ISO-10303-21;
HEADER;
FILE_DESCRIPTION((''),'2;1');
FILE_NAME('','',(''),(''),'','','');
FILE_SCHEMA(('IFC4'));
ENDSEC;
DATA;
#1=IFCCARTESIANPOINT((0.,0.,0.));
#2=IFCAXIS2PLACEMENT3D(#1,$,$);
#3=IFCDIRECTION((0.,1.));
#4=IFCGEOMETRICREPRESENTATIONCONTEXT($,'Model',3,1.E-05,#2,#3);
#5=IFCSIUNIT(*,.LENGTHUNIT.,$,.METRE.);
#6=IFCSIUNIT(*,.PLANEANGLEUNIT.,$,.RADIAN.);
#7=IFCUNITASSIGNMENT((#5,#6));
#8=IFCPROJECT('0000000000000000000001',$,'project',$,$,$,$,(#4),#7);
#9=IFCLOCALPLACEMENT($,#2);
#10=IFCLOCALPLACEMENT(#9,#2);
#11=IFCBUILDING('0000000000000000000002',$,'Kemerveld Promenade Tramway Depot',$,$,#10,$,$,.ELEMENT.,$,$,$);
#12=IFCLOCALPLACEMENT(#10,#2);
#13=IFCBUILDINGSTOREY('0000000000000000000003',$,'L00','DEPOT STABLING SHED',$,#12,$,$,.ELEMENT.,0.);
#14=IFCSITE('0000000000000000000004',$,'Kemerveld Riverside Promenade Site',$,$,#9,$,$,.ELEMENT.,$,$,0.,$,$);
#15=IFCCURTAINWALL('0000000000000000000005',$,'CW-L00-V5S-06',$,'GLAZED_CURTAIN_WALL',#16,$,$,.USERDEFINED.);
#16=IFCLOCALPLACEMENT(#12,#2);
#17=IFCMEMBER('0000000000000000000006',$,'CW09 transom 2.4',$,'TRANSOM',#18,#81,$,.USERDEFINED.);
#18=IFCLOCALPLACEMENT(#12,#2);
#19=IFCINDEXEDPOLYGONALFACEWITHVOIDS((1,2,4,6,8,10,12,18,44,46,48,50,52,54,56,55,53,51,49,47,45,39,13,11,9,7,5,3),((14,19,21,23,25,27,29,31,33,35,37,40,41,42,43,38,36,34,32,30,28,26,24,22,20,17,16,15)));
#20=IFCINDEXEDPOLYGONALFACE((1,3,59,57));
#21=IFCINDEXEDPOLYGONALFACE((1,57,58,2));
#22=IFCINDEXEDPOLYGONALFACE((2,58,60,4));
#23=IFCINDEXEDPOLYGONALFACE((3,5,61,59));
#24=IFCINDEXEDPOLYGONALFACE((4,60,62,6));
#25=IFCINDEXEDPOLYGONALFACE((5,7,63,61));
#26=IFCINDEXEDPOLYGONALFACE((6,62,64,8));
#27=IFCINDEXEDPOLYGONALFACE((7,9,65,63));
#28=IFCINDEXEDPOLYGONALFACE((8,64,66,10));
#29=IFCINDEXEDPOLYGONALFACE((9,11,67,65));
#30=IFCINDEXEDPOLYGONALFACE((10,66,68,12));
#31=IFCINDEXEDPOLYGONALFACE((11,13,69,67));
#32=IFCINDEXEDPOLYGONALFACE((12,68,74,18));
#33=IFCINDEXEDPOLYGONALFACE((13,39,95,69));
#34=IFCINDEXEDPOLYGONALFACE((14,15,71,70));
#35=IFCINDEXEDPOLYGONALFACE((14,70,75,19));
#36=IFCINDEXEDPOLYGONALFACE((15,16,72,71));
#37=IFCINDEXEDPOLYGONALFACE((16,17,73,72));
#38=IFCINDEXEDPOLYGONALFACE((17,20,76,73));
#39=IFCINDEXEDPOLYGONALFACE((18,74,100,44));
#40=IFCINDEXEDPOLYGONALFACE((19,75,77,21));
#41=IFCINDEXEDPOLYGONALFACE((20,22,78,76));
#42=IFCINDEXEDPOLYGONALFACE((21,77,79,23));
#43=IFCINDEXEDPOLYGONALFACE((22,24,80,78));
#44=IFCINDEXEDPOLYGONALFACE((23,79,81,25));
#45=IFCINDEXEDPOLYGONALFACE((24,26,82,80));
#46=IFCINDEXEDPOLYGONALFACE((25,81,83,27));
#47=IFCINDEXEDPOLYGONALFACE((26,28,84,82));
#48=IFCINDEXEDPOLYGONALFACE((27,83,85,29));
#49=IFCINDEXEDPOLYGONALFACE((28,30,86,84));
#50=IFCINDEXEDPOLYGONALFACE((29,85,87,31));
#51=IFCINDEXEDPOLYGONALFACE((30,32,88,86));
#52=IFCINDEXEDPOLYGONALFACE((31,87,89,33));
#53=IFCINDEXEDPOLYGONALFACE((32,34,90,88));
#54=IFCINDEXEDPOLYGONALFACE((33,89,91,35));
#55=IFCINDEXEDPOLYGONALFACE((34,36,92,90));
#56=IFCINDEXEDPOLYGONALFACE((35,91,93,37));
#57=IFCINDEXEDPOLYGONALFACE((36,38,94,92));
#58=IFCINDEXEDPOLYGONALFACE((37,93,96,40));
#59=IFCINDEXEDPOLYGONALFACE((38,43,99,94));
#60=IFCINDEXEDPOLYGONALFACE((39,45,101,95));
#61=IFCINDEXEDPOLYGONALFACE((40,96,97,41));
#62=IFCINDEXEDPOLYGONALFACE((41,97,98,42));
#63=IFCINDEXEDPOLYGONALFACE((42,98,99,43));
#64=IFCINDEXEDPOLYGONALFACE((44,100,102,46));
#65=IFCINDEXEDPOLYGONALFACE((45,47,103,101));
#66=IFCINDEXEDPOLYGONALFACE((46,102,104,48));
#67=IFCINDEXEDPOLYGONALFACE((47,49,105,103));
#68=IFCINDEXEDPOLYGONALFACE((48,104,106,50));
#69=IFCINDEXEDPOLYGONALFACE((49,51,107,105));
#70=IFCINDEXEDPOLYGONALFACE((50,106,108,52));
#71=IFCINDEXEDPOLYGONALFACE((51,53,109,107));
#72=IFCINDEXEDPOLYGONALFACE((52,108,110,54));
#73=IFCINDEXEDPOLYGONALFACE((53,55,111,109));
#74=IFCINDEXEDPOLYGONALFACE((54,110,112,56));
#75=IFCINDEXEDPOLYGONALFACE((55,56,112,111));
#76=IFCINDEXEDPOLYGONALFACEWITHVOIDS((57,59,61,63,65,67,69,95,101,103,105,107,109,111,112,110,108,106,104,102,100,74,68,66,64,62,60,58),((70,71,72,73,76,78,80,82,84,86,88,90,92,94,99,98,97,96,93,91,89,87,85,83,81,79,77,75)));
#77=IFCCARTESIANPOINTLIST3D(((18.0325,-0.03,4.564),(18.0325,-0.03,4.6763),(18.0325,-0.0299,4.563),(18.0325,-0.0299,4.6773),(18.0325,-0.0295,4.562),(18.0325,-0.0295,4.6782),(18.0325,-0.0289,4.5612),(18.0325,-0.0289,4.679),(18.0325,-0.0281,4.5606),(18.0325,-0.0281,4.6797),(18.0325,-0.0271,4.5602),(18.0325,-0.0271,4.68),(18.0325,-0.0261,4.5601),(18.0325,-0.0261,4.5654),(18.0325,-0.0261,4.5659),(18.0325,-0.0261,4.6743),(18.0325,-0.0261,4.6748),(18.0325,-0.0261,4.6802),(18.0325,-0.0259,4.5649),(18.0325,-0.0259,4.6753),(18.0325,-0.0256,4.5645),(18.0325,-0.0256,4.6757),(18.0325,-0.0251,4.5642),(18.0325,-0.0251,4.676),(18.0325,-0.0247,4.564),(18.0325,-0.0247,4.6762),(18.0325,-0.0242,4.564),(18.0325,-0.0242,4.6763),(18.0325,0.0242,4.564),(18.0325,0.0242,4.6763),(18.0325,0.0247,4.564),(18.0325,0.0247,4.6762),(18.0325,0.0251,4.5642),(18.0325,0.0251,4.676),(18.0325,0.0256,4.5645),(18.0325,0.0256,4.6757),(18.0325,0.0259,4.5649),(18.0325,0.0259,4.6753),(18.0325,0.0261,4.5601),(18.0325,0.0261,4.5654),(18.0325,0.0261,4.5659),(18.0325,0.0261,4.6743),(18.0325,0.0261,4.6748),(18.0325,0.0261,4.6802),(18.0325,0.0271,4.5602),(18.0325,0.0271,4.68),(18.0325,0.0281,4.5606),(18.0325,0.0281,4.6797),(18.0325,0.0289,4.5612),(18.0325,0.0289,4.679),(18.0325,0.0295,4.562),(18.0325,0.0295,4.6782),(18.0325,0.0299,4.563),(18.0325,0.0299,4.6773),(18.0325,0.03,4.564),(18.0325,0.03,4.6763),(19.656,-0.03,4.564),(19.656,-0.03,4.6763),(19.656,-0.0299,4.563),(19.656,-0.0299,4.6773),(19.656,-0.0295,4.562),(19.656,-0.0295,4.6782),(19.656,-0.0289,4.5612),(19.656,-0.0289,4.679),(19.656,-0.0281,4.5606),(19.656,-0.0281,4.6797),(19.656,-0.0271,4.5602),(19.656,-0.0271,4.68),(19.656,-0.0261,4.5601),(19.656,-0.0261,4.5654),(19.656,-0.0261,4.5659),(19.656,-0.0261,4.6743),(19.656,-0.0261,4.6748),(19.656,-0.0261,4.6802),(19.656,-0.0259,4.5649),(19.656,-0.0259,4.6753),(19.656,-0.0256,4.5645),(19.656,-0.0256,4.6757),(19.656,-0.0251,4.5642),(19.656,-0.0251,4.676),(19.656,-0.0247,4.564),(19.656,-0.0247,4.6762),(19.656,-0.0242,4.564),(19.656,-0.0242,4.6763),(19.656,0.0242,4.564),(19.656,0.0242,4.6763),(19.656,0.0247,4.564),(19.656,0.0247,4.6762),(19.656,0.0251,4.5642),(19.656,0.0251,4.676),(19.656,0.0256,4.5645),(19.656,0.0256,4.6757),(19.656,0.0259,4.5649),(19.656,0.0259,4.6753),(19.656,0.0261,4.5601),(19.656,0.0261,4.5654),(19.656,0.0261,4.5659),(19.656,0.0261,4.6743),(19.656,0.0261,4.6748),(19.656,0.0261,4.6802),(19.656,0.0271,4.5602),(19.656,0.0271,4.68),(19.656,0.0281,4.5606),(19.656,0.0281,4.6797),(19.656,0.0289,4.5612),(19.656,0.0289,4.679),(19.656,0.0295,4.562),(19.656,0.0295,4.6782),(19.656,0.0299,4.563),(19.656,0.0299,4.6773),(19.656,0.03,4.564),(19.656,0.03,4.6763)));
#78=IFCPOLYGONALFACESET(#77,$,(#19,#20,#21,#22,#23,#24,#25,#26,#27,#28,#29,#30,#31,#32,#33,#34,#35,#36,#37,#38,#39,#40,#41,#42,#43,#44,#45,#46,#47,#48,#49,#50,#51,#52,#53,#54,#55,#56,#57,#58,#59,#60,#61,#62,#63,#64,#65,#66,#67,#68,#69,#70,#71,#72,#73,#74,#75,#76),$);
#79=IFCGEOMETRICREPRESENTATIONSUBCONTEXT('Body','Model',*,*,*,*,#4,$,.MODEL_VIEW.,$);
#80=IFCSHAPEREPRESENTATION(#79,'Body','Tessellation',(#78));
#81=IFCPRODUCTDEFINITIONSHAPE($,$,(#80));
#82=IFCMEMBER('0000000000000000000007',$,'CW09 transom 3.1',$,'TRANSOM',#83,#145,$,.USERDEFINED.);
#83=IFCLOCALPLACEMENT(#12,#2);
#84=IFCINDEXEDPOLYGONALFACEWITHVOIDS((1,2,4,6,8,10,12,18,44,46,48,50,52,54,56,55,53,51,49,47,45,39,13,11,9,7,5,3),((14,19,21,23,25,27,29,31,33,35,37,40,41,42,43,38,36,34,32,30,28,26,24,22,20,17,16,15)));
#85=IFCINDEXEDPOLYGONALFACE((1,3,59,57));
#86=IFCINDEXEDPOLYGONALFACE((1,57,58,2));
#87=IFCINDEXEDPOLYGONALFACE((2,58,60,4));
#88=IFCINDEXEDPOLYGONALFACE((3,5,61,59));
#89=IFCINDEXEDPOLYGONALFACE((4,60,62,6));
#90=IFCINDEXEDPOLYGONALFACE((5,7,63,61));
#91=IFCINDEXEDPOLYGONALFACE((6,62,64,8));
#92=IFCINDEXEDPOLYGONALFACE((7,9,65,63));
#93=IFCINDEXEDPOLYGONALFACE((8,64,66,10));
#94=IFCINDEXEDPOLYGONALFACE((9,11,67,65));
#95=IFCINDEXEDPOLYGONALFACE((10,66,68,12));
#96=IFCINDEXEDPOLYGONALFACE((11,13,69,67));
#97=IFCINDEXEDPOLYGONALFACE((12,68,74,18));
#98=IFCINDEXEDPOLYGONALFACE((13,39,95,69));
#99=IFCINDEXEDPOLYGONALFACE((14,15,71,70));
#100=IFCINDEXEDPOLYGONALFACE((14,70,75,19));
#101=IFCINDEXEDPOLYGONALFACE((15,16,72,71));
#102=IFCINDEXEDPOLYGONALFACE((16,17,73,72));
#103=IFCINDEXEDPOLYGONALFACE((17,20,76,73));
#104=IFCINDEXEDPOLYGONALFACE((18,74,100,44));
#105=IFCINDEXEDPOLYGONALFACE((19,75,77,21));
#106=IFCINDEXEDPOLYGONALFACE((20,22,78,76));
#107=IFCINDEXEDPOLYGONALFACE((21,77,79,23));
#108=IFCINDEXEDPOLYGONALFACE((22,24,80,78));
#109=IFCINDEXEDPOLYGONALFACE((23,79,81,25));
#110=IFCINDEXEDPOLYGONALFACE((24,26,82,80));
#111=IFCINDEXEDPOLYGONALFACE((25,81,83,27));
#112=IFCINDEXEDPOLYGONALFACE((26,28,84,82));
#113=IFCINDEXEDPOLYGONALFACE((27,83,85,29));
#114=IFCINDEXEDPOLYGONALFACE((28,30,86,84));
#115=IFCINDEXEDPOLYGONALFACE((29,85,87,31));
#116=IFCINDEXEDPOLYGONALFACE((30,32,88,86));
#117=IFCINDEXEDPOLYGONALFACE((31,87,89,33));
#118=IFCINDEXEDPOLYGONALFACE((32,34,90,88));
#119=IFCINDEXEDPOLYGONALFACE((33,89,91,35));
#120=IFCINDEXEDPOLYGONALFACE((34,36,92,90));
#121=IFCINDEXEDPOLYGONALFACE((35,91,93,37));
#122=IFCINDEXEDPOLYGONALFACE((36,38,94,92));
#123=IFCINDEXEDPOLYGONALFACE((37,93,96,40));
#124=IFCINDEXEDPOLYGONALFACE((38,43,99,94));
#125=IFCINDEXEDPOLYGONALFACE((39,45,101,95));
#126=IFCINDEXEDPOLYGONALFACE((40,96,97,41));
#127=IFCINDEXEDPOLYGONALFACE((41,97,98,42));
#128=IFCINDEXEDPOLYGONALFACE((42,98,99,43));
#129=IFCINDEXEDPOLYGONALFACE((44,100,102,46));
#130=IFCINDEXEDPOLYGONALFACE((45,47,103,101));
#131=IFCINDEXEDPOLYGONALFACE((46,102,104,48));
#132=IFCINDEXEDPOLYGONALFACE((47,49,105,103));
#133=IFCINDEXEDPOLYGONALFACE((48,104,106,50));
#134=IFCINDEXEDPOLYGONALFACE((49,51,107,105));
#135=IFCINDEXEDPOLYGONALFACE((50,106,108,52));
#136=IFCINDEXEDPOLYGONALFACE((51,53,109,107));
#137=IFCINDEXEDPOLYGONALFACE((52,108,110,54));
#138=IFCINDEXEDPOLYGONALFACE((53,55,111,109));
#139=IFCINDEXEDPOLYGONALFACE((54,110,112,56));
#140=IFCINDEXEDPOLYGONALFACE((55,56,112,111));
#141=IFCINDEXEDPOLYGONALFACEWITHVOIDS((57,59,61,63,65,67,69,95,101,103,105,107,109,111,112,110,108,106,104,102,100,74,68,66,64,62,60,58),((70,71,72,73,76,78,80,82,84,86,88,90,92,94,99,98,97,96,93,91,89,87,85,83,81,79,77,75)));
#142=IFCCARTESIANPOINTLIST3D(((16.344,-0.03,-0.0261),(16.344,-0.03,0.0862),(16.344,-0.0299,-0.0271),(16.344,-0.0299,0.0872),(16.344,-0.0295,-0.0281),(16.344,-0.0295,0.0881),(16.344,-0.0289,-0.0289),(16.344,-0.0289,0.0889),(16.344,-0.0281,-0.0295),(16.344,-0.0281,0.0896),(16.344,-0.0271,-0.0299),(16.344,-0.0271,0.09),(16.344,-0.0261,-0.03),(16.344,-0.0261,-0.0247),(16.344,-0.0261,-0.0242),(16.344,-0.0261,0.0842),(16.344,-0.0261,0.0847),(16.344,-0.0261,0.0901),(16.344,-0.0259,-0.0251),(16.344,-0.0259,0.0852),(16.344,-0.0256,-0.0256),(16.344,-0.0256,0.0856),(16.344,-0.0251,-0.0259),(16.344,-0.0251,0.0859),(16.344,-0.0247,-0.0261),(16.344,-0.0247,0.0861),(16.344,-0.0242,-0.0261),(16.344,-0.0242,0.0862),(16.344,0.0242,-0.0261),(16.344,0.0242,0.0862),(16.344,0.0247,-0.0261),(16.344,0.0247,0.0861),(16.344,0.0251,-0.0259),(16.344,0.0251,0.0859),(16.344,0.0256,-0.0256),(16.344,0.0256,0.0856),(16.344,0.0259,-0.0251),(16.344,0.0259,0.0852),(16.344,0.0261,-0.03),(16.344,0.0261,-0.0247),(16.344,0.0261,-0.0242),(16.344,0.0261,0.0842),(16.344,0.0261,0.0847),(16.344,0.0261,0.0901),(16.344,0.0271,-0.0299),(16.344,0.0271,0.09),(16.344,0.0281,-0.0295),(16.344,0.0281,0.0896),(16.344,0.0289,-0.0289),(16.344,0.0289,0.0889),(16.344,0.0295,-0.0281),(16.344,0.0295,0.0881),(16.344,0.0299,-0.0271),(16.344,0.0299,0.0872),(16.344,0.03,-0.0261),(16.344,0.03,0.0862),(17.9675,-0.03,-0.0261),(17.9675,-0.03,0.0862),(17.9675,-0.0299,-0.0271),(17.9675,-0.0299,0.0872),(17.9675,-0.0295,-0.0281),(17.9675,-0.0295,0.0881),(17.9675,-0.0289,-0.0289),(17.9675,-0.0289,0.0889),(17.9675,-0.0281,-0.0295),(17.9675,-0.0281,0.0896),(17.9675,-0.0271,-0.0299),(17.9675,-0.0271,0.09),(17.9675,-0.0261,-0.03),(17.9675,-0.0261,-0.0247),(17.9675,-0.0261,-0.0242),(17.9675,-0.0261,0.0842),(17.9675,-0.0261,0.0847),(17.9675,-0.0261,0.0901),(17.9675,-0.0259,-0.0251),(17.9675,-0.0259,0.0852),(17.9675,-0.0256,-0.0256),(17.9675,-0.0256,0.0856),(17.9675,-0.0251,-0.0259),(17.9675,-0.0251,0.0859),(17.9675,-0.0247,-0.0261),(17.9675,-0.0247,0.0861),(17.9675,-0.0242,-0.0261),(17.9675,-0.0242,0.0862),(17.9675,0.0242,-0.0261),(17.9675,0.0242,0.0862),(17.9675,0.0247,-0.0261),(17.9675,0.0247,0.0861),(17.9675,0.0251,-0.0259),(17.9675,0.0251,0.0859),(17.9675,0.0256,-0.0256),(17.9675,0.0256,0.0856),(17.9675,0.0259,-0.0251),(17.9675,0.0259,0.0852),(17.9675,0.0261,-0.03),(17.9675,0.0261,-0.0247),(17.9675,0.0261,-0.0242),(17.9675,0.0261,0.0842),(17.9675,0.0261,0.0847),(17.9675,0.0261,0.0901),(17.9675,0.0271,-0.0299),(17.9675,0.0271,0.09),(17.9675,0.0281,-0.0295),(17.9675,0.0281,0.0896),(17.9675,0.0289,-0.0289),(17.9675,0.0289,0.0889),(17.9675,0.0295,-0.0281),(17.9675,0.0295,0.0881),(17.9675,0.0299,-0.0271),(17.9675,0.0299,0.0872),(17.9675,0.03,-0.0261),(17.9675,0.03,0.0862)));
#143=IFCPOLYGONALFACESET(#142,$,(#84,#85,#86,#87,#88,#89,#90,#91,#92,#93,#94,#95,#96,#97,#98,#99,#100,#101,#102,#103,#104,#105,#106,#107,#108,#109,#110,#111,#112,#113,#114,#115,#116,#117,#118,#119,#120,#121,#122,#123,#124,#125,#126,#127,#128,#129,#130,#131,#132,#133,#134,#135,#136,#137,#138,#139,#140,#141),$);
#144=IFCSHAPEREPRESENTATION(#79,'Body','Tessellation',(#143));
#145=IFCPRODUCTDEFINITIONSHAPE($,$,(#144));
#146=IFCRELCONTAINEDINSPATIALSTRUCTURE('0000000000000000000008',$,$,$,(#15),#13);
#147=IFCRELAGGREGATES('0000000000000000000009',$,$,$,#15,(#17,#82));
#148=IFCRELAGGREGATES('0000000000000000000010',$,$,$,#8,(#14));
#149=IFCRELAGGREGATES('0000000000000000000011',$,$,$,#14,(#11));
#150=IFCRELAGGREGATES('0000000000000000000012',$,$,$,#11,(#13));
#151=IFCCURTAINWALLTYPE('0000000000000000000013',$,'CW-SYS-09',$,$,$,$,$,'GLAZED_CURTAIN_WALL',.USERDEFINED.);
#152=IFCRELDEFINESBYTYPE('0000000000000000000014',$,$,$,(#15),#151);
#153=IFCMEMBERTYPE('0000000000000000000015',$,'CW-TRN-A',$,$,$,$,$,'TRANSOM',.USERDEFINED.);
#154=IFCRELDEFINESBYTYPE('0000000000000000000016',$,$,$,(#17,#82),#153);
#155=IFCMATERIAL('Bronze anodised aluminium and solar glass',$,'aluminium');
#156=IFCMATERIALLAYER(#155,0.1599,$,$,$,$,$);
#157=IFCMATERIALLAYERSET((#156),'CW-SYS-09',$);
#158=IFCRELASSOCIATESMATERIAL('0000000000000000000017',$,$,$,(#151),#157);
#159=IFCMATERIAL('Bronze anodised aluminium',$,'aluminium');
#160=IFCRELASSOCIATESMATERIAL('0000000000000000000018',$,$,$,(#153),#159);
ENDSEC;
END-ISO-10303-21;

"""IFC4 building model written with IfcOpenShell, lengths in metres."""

from ifc_helpers import new_model, si_unit, direction, frame, origin, origin_2d, place, context, subcontext, project, spatial, hollow_rectangle, extrude, material, layer, layer_set, material_profile, profile_set, type_object, element, aggregate, save


model = new_model("IFC4")

# Units and contexts
model_context = context("Model", 3, precision=1e-05, world=origin(), true_north=direction((0.0, 1.0)))
body_context = subcontext(model_context, "Body", "Model", "MODEL_VIEW")
ifc_project = project(units=[si_unit("LENGTHUNIT", "METRE"), si_unit("PLANEANGLEUNIT", "RADIAN")], contexts=[model_context])

# Site, building, storey
site_placement = place(None, origin())
site = spatial("IfcSite", under=ifc_project, at=site_placement, Name="Kemerveld Riverside Promenade Site", CompositionType="ELEMENT", RefElevation=0.0)
building_placement = place(site_placement, origin())
building = spatial("IfcBuilding", under=site, at=building_placement, Name="Kemerveld Promenade Tramway Depot", CompositionType="ELEMENT")
storey_placement = place(building_placement, origin())
storey = spatial("IfcBuildingStorey", under=building, at=storey_placement, Name="L00", Description="DEPOT STABLING SHED", CompositionType="ELEMENT", Elevation=0.0)

# Curtain wall, members
ifc_material_1 = material(Name="Bronze anodised aluminium and solar glass", Category="aluminium")
ifc_layer_1 = layer(ifc_material_1, 0.1599)
ifc_layer_set_1 = layer_set([ifc_layer_1], Name="CW-SYS-09")
curtain_wall_type = type_object("IfcCurtainWallType", Name="CW-SYS-09", ElementType="GLAZED_CURTAIN_WALL", PredefinedType="USERDEFINED", material=ifc_layer_set_1)
curtain_wall_placement = place(storey_placement, origin())
curtain_wall = element("IfcCurtainWall", 1, at=curtain_wall_placement, inside=storey, type_object=curtain_wall_type, Name="CW-L00-V5S-06", ObjectType="GLAZED_CURTAIN_WALL", PredefinedType="USERDEFINED")
ifc_material_2 = material(Name="Bronze anodised aluminium", Category="aluminium")
ifc_material_profile_1 = material_profile(ifc_material_2, hollow_rectangle(XDim=0.0601, YDim=0.1201, WallThickness=0.0039, InnerFilletRadius=0.002, OuterFilletRadius=0.0039, at=origin_2d()), Name="CW-TRN-120x60")
ifc_profile_set_1 = profile_set([ifc_material_profile_1], Name="Bronze anodised aluminium")
member_type_1 = type_object("IfcMemberType", Name="CW-TRN-A", ElementType="TRANSOM", PredefinedType="USERDEFINED", material=ifc_profile_set_1)
member_1_placement = place(storey_placement, frame((19.656, 0.0, 4.6201), z_axis=(-1.0, 0.0, 0.0), x_axis=(0.0, -1.0, 0.0)))
member_1 = element("IfcMember", 2, at=member_1_placement, type_object=member_type_1, Name="CW09 transom 2.4", ObjectType="TRANSOM", PredefinedType="USERDEFINED", context=body_context, shape_type="SweptSolid", body=[
    extrude(hollow_rectangle(XDim=0.0601, YDim=0.1201, WallThickness=0.0039, InnerFilletRadius=0.002, OuterFilletRadius=0.0039, at=origin_2d()), origin(), (0.0, 0.0, 1.0), 1.6235),
])
member_2_placement = place(storey_placement, frame((17.9675, 0.0, 0.03), z_axis=(-1.0, 0.0, 0.0), x_axis=(0.0, -1.0, 0.0)))
member_2 = element("IfcMember", 3, at=member_2_placement, type_object=member_type_1, Name="CW09 transom 3.1", ObjectType="TRANSOM", PredefinedType="USERDEFINED", context=body_context, shape_type="SweptSolid", body=[
    extrude(hollow_rectangle(XDim=0.0601, YDim=0.1201, WallThickness=0.0039, InnerFilletRadius=0.002, OuterFilletRadius=0.0039, at=origin_2d()), origin(), (0.0, 0.0, 1.0), 1.6235),
])
aggregate(curtain_wall, [member_1, member_2])

save(model, "model.ifc")
